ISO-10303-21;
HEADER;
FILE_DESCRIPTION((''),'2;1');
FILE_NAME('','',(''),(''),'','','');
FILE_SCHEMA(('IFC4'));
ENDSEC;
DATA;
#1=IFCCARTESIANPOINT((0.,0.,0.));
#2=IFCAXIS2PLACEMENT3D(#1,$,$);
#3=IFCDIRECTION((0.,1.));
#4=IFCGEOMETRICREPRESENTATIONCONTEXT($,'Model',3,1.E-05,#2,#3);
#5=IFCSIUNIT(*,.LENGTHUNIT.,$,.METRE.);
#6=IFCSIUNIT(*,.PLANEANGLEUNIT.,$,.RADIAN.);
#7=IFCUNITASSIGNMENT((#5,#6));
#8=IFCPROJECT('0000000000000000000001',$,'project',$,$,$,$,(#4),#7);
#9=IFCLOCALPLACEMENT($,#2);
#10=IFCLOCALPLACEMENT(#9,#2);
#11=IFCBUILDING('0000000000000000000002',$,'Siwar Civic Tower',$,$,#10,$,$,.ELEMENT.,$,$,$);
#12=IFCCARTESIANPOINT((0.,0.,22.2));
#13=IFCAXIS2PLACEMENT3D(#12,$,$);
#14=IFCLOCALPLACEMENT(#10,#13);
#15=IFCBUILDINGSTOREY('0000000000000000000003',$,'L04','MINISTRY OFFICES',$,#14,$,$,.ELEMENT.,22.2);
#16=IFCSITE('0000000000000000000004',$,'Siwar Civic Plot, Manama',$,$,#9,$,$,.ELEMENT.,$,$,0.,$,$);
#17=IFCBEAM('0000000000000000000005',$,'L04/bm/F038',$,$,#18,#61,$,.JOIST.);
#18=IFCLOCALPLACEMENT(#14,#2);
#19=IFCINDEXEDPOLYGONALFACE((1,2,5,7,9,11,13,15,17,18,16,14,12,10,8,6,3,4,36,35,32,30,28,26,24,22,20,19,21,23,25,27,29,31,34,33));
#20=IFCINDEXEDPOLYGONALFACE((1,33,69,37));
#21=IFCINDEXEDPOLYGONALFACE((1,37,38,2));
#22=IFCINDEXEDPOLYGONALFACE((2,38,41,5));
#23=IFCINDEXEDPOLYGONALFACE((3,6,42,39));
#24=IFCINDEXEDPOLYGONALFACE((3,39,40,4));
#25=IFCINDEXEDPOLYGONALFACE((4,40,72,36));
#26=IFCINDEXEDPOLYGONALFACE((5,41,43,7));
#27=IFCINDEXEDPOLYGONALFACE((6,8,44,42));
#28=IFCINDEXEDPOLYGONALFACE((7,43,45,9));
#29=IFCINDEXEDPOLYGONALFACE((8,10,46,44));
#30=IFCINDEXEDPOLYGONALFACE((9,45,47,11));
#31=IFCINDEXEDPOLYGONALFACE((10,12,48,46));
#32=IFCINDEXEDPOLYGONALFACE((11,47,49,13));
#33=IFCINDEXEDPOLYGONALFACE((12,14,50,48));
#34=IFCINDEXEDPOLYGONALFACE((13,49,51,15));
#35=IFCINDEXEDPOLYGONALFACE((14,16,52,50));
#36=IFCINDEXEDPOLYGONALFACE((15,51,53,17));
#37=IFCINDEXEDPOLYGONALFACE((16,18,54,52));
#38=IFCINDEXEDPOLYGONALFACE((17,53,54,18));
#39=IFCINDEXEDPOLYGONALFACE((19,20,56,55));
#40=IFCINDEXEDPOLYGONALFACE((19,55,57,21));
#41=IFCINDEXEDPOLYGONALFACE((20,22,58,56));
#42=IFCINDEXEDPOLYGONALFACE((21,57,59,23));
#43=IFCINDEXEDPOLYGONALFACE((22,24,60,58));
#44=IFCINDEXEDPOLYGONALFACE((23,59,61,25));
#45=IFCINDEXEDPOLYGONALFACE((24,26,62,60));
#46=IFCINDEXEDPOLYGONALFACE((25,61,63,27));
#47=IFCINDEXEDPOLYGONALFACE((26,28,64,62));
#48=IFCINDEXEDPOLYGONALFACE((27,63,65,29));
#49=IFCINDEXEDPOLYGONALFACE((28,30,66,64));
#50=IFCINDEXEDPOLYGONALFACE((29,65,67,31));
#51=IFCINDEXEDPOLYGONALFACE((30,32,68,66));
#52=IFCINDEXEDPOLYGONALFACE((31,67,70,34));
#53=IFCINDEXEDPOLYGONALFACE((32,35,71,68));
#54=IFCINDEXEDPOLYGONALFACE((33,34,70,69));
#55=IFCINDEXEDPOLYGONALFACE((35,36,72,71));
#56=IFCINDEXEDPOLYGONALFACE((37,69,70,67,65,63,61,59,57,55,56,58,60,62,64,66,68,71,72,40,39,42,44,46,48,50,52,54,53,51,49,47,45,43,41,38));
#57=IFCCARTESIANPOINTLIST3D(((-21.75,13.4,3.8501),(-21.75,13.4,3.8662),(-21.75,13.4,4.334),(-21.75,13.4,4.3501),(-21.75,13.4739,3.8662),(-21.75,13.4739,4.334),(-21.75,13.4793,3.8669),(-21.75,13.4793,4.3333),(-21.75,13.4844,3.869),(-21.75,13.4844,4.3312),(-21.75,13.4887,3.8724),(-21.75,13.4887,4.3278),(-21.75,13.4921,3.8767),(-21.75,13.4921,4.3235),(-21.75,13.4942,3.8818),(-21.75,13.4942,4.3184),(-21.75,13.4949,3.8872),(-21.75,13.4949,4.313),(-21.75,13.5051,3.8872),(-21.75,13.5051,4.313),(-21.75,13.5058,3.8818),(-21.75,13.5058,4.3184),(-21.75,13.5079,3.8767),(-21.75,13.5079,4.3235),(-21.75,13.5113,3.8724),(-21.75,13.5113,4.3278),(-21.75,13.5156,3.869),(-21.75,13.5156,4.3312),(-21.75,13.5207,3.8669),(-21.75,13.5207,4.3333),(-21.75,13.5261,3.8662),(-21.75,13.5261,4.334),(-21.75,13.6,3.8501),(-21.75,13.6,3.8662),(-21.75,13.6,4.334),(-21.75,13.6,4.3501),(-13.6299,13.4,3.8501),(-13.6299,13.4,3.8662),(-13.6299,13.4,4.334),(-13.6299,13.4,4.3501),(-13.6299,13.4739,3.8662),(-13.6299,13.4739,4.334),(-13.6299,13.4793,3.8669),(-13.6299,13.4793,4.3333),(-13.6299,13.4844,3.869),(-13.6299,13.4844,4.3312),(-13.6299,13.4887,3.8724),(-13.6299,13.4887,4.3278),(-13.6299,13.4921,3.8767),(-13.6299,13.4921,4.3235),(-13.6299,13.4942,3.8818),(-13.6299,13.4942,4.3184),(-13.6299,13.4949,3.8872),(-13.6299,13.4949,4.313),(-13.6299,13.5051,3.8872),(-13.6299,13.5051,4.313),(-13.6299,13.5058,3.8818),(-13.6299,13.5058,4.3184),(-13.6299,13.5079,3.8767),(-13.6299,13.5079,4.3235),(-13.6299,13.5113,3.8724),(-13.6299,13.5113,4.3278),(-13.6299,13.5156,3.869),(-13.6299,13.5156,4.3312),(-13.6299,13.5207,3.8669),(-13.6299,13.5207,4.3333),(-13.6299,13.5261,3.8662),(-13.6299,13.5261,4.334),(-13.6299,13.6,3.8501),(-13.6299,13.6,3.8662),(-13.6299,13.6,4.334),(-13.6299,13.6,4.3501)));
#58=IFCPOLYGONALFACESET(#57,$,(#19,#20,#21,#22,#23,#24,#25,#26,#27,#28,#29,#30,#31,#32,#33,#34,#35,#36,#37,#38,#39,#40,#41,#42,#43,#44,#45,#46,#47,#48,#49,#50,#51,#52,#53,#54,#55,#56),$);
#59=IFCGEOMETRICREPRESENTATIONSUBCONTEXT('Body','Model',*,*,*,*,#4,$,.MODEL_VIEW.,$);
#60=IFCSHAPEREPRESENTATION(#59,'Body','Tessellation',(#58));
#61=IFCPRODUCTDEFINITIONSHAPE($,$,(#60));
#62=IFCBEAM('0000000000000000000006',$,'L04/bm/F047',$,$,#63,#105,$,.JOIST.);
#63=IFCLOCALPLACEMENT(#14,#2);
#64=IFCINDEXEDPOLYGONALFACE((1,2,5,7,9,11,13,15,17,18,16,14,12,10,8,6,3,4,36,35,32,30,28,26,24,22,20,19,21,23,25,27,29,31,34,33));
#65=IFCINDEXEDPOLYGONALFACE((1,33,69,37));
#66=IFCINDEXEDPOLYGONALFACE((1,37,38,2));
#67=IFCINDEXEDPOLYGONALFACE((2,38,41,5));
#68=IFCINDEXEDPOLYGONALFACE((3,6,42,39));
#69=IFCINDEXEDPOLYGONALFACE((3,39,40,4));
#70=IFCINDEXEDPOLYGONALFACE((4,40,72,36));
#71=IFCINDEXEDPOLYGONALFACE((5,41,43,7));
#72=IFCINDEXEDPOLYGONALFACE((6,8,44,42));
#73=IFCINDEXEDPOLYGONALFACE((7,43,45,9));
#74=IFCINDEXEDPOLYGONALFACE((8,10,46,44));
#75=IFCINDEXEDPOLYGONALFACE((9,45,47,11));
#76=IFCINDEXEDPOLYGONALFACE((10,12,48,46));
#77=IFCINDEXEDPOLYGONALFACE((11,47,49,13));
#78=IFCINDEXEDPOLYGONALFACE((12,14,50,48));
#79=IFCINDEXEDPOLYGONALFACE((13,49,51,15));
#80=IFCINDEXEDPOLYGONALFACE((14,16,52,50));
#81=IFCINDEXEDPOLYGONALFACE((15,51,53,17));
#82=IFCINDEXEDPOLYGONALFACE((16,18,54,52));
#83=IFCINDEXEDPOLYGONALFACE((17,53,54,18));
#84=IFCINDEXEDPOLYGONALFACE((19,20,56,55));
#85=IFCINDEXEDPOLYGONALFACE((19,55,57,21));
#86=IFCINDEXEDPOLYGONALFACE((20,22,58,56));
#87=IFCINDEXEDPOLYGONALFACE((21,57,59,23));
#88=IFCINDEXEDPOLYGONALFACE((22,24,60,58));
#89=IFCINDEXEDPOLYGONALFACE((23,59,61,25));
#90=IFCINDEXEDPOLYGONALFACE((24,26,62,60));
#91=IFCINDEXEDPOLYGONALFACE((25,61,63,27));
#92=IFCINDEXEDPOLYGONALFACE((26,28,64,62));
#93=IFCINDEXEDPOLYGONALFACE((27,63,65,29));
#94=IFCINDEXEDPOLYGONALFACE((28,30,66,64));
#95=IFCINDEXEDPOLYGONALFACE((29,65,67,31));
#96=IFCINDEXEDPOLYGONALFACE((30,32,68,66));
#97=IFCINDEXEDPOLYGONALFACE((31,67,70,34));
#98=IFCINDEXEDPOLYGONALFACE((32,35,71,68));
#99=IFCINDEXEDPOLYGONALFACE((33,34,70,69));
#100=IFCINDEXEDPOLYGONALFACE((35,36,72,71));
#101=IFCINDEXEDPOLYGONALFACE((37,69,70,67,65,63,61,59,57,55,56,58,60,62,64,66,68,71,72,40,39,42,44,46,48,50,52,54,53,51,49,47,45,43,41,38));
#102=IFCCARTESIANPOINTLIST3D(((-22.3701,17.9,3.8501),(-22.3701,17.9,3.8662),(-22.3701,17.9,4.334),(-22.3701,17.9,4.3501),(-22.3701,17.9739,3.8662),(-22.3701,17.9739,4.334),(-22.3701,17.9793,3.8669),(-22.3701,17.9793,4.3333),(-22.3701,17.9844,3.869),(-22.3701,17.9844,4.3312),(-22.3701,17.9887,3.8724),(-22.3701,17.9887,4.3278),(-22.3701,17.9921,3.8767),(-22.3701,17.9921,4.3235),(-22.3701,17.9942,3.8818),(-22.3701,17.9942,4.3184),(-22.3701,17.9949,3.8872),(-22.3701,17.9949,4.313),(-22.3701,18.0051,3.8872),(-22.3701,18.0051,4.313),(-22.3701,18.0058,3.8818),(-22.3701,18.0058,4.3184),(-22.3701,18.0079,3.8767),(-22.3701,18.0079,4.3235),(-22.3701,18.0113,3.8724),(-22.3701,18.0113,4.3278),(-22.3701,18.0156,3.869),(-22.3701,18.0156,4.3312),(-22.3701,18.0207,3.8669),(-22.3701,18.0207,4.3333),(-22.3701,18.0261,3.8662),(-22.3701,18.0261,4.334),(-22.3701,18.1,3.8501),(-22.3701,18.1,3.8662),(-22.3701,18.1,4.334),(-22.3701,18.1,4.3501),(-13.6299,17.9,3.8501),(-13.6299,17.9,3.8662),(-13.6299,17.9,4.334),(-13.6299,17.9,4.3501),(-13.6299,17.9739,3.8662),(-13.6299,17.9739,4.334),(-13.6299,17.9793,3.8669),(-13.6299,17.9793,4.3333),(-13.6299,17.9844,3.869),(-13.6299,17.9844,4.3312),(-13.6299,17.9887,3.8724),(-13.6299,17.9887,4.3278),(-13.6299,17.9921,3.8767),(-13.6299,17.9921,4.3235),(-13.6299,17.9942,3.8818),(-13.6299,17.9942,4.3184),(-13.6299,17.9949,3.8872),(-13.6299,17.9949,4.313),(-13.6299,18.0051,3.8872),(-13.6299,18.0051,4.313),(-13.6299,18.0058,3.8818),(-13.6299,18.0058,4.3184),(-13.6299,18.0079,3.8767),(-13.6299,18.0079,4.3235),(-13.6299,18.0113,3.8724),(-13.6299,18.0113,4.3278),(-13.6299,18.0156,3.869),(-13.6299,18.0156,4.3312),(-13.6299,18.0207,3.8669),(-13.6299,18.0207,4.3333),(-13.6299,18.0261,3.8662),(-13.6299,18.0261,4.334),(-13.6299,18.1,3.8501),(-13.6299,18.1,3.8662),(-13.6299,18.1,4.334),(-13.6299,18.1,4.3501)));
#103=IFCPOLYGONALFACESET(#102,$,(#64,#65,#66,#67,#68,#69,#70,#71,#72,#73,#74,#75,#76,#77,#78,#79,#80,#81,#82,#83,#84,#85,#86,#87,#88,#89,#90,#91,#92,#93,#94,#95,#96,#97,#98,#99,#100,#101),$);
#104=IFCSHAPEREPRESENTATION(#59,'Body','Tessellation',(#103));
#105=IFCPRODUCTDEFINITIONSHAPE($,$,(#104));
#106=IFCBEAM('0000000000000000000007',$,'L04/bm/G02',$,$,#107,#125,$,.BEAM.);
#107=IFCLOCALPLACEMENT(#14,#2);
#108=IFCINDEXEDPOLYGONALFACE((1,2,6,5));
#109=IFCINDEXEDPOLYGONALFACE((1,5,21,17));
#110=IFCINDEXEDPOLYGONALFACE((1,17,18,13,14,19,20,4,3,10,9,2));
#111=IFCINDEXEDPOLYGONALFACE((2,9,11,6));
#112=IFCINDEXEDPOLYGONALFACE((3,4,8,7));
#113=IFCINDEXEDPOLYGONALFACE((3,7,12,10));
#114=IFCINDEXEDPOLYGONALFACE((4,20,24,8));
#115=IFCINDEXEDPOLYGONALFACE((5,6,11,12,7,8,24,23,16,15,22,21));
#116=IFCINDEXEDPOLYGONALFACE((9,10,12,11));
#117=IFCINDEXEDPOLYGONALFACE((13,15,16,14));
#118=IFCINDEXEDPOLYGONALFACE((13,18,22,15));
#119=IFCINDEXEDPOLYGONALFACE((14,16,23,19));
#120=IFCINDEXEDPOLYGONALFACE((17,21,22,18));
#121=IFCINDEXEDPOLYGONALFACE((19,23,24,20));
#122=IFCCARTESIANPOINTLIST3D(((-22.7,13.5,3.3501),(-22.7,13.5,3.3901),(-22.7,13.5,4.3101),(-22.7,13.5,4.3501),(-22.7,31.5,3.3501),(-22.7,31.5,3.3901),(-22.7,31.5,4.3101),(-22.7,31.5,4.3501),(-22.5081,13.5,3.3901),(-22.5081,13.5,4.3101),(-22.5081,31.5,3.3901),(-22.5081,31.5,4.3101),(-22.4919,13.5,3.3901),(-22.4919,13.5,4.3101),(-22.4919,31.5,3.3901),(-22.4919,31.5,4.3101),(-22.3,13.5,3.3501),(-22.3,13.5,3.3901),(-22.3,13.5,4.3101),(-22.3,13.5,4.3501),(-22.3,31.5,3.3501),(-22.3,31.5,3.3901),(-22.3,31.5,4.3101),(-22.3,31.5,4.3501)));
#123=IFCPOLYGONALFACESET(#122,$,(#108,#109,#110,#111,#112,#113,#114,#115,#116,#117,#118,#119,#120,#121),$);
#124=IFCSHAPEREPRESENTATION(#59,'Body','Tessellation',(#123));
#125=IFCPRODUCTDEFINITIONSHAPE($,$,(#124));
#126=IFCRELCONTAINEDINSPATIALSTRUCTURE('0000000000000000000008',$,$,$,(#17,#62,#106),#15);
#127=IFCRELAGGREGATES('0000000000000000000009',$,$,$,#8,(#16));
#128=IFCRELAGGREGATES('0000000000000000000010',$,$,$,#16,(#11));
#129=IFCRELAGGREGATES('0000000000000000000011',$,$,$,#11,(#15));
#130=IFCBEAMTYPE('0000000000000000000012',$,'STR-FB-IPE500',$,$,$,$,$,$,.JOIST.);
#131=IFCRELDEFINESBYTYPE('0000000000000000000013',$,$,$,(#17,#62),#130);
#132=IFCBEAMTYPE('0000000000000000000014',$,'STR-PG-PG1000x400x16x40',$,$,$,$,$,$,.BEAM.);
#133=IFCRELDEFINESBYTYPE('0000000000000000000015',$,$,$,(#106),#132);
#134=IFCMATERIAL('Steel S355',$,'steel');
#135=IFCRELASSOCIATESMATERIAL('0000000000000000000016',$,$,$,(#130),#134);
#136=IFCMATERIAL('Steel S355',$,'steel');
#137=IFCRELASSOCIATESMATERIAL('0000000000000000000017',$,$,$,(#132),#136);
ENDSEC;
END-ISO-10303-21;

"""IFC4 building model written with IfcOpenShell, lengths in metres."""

from ifc_helpers import new_model, si_unit, direction, frame, origin, origin_2d, place, context, subcontext, project, spatial, i_section, extrude, material, material_profile, profile_set, type_object, element, save


model = new_model("IFC4")

# Units and contexts
model_context = context("Model", 3, precision=1e-05, world=origin(), true_north=direction((0.0, 1.0)))
body_context = subcontext(model_context, "Body", "Model", "MODEL_VIEW")
ifc_project = project(units=[si_unit("LENGTHUNIT", "METRE"), si_unit("PLANEANGLEUNIT", "RADIAN")], contexts=[model_context])

# Site, building, storey
site_placement = place(None, origin())
site = spatial("IfcSite", under=ifc_project, at=site_placement, Name="Siwar Civic Plot, Manama", CompositionType="ELEMENT", RefElevation=0.0)
building_placement = place(site_placement, origin())
building = spatial("IfcBuilding", under=site, at=building_placement, Name="Siwar Civic Tower", CompositionType="ELEMENT")
storey_placement = place(building_placement, frame((0.0, 0.0, 22.2)))
storey = spatial("IfcBuildingStorey", under=building, at=storey_placement, Name="L04", Description="MINISTRY OFFICES", CompositionType="ELEMENT", Elevation=22.2)

# Beams
ifc_material_1 = material(Name="Steel S355", Category="steel")
ifc_material_profile_1 = material_profile(ifc_material_1, i_section(OverallWidth=0.2, OverallDepth=0.5, WebThickness=0.0103, FlangeThickness=0.0161, FilletRadius=0.021, at=origin_2d()), Name="IPE500")
ifc_profile_set_1 = profile_set([ifc_material_profile_1], Name="Steel S355")
beam_type_1 = type_object("IfcBeamType", Name="STR-FB-IPE500", PredefinedType="JOIST", material=ifc_profile_set_1)
beam_1_placement = place(storey_placement, frame((-21.75, 13.5, 4.1001), z_axis=(1.0, 0.0, 0.0), x_axis=(0.0, 1.0, 0.0)))
element("IfcBeam", 1, at=beam_1_placement, inside=storey, type_object=beam_type_1, Name="L04/bm/F038", PredefinedType="JOIST", context=body_context, shape_type="SweptSolid", body=[
    extrude(i_section(OverallWidth=0.2, OverallDepth=0.5, WebThickness=0.0103, FlangeThickness=0.0161, FilletRadius=0.021, at=origin_2d()), origin(), (0.0, 0.0, 1.0), 8.1201),
])
beam_2_placement = place(storey_placement, frame((-22.3701, 18.0, 4.1001), z_axis=(1.0, 0.0, 0.0), x_axis=(0.0, 1.0, 0.0)))
element("IfcBeam", 2, at=beam_2_placement, inside=storey, type_object=beam_type_1, Name="L04/bm/F047", PredefinedType="JOIST", context=body_context, shape_type="SweptSolid", body=[
    extrude(i_section(OverallWidth=0.2, OverallDepth=0.5, WebThickness=0.0103, FlangeThickness=0.0161, FilletRadius=0.021, at=origin_2d()), origin(), (0.0, 0.0, 1.0), 8.7402),
])
ifc_material_2 = material(Name="Steel S355", Category="steel")
ifc_material_profile_2 = material_profile(ifc_material_2, i_section(OverallWidth=0.3999, OverallDepth=1.0, WebThickness=0.0161, FlangeThickness=0.04, at=origin_2d()), Name="PG1000x400x16x40")
ifc_profile_set_2 = profile_set([ifc_material_profile_2], Name="Steel S355")
beam_type_2 = type_object("IfcBeamType", Name="STR-PG-PG1000x400x16x40", PredefinedType="BEAM", material=ifc_profile_set_2)
beam_3_placement = place(storey_placement, frame((-22.5, 13.5, 3.8501), z_axis=(0.0, 1.0, 0.0), x_axis=(-1.0, 0.0, 0.0)))
element("IfcBeam", 3, at=beam_3_placement, inside=storey, type_object=beam_type_2, Name="L04/bm/G02", PredefinedType="BEAM", context=body_context, shape_type="SweptSolid", body=[
    extrude(i_section(OverallWidth=0.3999, OverallDepth=1.0, WebThickness=0.0161, FlangeThickness=0.04, at=origin_2d()), origin(), (0.0, 0.0, 1.0), 18.0),
])

save(model, "model.ifc")
